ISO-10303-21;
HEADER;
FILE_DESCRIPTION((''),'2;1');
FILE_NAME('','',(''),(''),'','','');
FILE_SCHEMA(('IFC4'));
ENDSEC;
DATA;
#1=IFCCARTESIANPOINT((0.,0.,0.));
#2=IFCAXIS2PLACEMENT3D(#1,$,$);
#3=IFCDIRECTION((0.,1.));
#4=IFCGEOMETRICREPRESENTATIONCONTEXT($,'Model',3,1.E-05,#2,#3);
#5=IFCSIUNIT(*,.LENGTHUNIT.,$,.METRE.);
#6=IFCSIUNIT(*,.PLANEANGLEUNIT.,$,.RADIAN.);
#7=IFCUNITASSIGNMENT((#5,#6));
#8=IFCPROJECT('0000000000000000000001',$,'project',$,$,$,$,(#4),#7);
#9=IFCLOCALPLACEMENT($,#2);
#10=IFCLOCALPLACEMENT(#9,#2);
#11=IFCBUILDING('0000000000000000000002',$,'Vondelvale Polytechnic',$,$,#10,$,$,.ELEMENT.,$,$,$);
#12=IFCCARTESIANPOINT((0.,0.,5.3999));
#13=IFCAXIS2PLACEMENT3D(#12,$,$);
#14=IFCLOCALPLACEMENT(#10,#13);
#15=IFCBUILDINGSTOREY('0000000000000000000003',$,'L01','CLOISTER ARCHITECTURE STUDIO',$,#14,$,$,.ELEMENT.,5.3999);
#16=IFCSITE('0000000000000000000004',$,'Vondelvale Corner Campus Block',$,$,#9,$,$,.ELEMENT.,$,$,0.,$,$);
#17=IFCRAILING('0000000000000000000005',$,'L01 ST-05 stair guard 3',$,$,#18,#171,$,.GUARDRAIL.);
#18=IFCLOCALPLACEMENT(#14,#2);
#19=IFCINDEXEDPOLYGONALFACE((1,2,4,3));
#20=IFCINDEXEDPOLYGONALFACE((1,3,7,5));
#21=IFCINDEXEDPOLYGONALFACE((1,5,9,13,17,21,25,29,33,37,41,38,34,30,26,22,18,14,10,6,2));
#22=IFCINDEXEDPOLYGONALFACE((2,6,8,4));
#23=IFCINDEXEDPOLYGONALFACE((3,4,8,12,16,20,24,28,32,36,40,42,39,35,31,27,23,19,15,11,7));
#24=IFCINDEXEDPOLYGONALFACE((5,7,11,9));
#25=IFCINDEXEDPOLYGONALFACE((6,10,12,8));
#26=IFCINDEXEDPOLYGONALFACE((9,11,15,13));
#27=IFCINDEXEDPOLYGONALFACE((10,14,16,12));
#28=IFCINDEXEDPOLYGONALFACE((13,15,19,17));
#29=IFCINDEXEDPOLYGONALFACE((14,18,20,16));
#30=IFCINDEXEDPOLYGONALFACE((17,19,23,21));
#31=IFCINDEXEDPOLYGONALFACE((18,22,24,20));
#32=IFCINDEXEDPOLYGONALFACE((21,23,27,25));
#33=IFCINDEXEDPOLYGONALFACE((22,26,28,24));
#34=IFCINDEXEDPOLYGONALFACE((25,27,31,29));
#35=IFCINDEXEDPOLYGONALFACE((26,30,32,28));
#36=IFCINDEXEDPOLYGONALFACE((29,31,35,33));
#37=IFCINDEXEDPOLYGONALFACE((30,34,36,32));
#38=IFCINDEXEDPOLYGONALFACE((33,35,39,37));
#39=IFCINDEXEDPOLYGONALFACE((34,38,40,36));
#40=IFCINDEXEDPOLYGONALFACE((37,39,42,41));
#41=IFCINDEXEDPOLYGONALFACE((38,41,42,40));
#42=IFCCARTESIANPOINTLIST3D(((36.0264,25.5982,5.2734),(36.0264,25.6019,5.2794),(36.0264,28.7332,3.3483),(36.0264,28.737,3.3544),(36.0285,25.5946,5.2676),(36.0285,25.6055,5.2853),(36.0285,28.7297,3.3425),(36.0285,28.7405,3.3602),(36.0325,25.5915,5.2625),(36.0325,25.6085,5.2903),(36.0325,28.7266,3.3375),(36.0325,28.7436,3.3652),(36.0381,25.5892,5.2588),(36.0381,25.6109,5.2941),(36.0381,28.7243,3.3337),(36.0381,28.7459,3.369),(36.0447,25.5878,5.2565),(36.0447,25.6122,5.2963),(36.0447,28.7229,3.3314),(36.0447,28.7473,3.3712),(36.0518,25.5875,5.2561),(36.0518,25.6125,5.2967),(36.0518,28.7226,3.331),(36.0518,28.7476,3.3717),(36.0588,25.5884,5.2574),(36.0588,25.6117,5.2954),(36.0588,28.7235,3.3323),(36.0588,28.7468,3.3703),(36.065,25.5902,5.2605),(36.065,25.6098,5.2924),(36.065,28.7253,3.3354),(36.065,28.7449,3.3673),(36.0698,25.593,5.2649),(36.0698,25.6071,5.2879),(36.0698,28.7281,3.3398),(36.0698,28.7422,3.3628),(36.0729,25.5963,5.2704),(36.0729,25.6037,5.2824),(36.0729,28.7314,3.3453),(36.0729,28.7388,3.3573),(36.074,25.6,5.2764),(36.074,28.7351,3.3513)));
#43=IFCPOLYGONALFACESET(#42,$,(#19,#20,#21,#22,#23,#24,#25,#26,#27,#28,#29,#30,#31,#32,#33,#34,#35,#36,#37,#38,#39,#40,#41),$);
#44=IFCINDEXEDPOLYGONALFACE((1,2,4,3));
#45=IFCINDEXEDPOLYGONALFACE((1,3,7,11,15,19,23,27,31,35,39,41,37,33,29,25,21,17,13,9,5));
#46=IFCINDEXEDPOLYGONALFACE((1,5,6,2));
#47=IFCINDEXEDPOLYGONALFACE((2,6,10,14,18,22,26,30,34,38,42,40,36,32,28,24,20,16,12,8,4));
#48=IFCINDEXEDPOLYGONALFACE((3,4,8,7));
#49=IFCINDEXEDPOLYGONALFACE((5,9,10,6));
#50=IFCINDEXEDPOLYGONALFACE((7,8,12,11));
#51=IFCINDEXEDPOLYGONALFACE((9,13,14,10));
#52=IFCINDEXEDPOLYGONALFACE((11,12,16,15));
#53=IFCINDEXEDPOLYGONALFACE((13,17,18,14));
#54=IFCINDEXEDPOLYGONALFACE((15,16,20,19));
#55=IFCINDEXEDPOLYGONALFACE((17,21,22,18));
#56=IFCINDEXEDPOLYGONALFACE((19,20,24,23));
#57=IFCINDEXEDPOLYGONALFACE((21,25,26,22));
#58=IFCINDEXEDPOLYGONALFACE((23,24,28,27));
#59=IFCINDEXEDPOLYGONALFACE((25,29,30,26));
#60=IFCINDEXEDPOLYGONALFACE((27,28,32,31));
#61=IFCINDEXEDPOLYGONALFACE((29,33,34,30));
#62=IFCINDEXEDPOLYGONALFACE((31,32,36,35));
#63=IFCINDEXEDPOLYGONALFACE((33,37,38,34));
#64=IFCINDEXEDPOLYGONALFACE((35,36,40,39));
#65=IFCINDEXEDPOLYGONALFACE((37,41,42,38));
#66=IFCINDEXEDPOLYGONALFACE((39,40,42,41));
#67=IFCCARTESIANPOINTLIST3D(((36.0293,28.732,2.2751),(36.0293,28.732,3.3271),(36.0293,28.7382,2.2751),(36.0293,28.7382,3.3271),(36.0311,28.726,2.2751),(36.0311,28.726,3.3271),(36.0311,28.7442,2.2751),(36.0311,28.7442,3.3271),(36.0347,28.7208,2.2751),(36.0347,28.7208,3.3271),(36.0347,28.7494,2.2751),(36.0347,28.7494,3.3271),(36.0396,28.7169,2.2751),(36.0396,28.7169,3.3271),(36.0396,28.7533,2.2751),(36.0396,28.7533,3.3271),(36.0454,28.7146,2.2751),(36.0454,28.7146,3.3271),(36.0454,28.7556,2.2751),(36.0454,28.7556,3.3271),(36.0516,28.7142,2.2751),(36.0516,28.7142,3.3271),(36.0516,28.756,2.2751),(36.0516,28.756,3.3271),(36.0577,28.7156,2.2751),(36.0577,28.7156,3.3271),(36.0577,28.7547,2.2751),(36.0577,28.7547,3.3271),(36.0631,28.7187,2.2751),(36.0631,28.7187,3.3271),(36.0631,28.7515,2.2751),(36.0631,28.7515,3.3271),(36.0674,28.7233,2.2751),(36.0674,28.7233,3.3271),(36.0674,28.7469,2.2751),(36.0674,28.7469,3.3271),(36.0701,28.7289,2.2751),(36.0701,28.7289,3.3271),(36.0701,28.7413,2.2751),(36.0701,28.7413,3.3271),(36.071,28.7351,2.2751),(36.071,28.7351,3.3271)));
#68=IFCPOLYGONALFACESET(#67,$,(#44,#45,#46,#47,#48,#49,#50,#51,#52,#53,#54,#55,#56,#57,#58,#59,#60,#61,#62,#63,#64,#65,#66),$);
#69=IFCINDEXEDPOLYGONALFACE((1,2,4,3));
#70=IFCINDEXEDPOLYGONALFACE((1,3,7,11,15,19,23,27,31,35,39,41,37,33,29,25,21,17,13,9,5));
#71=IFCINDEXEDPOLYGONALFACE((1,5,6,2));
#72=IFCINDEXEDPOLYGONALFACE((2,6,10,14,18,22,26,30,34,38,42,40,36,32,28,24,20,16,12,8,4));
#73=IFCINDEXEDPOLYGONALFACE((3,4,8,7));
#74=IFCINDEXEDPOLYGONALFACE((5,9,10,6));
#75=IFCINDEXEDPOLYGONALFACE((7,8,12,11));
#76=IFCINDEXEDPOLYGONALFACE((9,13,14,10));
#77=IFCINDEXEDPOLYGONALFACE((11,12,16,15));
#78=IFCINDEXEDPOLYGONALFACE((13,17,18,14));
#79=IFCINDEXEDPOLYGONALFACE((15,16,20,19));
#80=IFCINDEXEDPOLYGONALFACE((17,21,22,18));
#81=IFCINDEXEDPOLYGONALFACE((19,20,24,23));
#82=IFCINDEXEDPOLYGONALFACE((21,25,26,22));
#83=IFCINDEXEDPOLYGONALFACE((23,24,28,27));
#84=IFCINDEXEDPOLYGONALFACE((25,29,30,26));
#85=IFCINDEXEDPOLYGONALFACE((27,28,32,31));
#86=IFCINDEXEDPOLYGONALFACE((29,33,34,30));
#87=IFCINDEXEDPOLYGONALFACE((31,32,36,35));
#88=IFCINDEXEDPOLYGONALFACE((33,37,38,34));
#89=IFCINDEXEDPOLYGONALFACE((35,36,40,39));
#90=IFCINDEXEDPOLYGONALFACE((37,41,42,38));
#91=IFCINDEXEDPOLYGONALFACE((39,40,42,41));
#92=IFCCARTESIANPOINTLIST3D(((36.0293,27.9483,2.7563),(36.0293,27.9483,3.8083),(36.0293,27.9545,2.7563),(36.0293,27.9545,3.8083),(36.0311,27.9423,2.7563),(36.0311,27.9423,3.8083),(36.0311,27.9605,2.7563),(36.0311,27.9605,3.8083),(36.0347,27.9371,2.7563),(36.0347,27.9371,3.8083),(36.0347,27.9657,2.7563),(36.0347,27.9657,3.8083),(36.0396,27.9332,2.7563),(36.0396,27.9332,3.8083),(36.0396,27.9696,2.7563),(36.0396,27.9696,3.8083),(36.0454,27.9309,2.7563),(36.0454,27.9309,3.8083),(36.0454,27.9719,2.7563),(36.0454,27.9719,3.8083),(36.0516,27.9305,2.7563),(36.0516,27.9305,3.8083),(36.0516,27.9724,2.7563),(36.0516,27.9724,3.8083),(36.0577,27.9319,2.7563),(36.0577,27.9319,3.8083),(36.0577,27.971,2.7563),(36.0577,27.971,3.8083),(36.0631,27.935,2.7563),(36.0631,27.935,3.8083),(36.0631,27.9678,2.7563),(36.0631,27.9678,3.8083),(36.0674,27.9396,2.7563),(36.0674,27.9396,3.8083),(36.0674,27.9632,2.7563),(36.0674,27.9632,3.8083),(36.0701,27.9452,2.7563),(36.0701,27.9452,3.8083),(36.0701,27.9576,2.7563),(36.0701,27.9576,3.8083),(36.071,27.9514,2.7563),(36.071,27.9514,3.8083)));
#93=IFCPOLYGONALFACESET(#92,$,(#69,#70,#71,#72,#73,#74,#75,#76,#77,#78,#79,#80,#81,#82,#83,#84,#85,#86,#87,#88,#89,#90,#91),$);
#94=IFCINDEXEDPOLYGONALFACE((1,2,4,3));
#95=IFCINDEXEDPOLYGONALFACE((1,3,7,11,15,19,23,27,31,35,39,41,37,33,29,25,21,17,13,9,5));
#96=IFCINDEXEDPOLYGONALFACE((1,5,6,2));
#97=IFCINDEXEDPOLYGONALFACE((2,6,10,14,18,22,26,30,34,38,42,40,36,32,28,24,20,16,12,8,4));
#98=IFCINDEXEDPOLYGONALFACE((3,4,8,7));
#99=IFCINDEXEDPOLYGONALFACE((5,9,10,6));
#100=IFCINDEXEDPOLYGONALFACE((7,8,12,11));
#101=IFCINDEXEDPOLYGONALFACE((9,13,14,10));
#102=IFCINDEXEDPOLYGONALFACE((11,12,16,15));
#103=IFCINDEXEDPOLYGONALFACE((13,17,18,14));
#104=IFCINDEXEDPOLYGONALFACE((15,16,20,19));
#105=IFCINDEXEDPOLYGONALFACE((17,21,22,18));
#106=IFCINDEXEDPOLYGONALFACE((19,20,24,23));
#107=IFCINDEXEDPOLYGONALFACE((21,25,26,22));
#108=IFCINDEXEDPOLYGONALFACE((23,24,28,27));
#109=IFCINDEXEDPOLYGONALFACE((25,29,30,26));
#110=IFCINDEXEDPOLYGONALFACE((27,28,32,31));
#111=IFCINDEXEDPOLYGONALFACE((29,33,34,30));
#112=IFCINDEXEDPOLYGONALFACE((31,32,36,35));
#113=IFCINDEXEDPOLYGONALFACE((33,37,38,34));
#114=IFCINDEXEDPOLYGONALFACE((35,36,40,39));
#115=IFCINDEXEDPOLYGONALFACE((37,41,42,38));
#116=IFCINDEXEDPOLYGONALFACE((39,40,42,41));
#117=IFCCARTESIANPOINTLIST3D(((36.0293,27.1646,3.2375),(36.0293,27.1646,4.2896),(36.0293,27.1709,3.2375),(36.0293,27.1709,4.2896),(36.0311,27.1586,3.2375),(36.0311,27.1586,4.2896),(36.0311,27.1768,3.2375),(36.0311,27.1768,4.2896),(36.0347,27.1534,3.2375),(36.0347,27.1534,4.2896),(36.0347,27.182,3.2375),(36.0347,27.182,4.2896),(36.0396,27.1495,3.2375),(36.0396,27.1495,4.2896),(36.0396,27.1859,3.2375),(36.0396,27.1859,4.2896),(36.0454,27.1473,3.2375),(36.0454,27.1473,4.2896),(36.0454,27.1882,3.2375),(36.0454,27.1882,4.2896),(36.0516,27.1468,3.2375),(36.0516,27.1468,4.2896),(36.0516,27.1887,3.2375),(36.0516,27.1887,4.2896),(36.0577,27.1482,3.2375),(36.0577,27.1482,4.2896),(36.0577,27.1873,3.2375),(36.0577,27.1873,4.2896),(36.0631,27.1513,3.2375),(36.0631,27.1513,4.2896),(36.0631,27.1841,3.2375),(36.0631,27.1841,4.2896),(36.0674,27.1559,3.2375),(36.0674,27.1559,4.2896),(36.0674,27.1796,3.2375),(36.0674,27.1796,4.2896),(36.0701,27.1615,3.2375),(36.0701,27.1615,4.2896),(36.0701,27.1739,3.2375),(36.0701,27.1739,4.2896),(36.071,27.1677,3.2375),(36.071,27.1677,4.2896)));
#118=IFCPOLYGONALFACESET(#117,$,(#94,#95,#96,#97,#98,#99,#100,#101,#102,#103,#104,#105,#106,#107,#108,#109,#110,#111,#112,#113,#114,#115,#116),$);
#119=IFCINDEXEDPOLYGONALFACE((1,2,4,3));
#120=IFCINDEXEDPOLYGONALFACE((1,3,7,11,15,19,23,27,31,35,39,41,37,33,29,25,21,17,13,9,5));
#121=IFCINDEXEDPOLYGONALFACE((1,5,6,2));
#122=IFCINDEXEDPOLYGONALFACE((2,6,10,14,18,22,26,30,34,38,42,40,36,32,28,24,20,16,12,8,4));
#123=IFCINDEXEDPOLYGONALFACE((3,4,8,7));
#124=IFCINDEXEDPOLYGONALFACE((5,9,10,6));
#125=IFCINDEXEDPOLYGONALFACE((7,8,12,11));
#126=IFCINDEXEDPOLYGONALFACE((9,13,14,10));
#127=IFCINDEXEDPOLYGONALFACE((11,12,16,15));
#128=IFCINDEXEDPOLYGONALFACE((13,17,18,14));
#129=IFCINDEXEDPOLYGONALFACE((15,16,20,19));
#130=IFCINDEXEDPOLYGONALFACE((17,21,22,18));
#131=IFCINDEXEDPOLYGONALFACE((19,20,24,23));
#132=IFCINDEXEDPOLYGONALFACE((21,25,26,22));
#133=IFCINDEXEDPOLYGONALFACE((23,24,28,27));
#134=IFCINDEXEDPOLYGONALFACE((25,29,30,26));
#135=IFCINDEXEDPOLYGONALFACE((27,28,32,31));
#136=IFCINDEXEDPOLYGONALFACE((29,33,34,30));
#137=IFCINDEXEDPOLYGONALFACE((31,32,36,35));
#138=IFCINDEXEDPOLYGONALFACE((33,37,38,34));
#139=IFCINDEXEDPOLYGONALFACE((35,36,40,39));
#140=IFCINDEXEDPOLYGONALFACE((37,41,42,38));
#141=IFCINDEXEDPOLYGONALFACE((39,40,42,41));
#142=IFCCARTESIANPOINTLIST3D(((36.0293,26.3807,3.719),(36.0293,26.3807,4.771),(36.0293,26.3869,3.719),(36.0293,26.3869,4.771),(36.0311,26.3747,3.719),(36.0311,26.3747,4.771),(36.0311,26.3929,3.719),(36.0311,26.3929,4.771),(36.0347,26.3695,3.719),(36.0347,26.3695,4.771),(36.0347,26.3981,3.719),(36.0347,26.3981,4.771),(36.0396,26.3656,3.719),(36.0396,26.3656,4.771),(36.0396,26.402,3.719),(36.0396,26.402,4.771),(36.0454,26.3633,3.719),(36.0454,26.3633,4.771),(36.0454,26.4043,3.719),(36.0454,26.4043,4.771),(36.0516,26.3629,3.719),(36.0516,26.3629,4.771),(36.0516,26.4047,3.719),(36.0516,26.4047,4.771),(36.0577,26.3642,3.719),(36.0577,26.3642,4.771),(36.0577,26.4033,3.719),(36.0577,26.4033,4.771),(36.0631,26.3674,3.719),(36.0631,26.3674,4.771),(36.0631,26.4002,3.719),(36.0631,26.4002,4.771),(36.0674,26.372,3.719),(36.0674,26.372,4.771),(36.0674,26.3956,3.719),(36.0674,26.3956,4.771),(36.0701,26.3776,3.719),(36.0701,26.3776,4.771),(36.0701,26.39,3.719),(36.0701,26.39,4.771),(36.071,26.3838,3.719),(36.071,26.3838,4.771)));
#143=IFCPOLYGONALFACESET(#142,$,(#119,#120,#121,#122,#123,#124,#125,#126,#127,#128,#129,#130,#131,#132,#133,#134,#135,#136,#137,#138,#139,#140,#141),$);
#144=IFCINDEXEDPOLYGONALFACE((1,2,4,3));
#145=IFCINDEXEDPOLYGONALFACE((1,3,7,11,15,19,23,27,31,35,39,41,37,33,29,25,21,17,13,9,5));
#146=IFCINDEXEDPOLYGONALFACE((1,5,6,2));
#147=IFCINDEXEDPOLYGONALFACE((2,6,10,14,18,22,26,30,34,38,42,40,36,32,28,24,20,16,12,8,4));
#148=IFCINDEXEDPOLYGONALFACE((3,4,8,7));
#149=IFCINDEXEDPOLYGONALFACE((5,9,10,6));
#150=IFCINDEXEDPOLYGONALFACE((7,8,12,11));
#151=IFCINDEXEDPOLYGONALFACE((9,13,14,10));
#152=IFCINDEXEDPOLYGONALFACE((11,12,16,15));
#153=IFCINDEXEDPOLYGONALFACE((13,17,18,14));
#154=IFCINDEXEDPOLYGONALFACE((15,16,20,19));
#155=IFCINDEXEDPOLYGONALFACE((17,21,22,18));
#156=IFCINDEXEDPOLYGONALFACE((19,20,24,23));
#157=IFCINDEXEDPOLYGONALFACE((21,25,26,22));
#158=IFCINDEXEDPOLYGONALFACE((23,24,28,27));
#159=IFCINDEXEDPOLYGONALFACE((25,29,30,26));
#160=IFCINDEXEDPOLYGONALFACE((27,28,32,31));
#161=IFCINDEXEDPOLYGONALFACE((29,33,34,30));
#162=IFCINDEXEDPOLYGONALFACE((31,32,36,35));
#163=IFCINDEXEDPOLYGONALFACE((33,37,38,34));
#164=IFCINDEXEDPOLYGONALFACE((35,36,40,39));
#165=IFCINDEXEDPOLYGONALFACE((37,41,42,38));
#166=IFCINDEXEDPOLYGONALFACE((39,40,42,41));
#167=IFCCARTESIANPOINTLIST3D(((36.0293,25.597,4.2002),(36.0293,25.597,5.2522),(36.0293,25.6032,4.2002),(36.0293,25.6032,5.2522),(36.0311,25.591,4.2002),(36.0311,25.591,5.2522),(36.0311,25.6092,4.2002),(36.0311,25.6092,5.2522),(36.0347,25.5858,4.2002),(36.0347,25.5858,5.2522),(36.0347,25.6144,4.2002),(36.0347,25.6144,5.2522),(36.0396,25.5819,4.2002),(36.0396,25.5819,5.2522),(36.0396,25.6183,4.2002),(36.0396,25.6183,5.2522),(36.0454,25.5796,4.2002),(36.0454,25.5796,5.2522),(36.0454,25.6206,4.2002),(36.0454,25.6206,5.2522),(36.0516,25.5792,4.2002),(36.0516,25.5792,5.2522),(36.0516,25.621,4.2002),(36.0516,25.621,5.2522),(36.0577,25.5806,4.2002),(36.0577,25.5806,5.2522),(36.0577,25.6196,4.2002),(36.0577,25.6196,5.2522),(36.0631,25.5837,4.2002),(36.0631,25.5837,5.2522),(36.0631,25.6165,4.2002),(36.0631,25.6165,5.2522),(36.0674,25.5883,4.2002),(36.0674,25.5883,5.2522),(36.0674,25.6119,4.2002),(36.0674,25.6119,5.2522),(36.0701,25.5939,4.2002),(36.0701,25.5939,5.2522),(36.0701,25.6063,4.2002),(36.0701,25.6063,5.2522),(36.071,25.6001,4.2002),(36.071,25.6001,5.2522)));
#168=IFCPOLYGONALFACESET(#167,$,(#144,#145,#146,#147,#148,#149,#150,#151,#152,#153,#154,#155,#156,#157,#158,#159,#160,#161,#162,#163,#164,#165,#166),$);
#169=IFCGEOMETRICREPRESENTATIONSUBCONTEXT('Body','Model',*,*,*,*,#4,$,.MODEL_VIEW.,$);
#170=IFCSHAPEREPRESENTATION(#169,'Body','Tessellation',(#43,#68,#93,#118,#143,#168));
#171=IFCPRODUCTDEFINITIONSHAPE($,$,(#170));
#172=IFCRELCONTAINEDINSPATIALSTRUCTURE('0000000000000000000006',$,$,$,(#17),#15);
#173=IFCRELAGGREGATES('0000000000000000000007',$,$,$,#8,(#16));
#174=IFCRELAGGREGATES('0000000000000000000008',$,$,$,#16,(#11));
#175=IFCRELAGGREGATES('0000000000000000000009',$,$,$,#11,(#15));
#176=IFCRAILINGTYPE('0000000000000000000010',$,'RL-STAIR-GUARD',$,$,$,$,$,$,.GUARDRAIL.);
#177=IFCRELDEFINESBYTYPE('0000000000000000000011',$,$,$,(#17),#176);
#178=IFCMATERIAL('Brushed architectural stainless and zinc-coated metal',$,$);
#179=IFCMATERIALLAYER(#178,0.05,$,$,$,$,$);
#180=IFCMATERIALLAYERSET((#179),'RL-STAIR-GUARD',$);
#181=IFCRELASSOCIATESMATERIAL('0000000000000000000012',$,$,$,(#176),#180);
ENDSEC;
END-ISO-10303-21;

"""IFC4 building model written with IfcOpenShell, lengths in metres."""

from ifc_helpers import new_model, si_unit, direction, frame, origin, origin_2d, place, context, subcontext, project, spatial, circle, extrude, material, layer, layer_set, type_object, element, save


model = new_model("IFC4")

# Units and contexts
model_context = context("Model", 3, precision=1e-05, world=origin(), true_north=direction((0.0, 1.0)))
body_context = subcontext(model_context, "Body", "Model", "MODEL_VIEW")
ifc_project = project(units=[si_unit("LENGTHUNIT", "METRE"), si_unit("PLANEANGLEUNIT", "RADIAN")], contexts=[model_context])

# Site, building, storey
site_placement = place(None, origin())
site = spatial("IfcSite", under=ifc_project, at=site_placement, Name="Vondelvale Corner Campus Block", CompositionType="ELEMENT", RefElevation=0.0)
building_placement = place(site_placement, origin())
building = spatial("IfcBuilding", under=site, at=building_placement, Name="Vondelvale Polytechnic", CompositionType="ELEMENT")
storey_placement = place(building_placement, frame((0.0, 0.0, 5.3999)))
storey = spatial("IfcBuildingStorey", under=building, at=storey_placement, Name="L01", Description="CLOISTER ARCHITECTURE STUDIO", CompositionType="ELEMENT", Elevation=5.3999)

# Shared definitions
ifc_material_1 = material(Name="Brushed architectural stainless and zinc-coated metal")

# Railing
ifc_layer_1 = layer(ifc_material_1, 0.05)
ifc_layer_set_1 = layer_set([ifc_layer_1], Name="RL-STAIR-GUARD")
railing_type_1 = type_object("IfcRailingType", Name="RL-STAIR-GUARD", PredefinedType="GUARDRAIL", material=ifc_layer_set_1)
railing_1_placement = place(storey_placement, frame((36.05, 28.7351, 2.2751)))
element("IfcRailing", 1, at=railing_1_placement, inside=storey, type_object=railing_type_1, Name="L01 ST-05 stair guard 3", PredefinedType="GUARDRAIL", context=body_context, shape_type="SweptSolid", body=[
    extrude(circle(Radius=0.0239, at=origin_2d()), frame((0.0, 0.0, 1.0762), z_axis=(0.0, -0.852166, 0.523271), x_axis=(1.0, 0.0, 0.0)), (0.0, 0.0, 1.0), 3.679),
    extrude(circle(Radius=0.021, at=origin_2d()), origin(), (0.0, 0.0, 1.0), 1.052),
    extrude(circle(Radius=0.021, at=origin_2d()), frame((0.0, -0.7837, 0.4812)), (0.0, 0.0, 1.0), 1.052),
    extrude(circle(Radius=0.021, at=origin_2d()), frame((0.0, -1.5674, 0.9624)), (0.0, 0.0, 1.0), 1.052),
    extrude(circle(Radius=0.021, at=origin_2d()), frame((0.0, -2.3513, 1.4438)), (0.0, 0.0, 1.0), 1.052),
    extrude(circle(Radius=0.021, at=origin_2d()), frame((0.0, -3.135, 1.925)), (0.0, 0.0, 1.0), 1.052),
])

save(model, "model.ifc")
